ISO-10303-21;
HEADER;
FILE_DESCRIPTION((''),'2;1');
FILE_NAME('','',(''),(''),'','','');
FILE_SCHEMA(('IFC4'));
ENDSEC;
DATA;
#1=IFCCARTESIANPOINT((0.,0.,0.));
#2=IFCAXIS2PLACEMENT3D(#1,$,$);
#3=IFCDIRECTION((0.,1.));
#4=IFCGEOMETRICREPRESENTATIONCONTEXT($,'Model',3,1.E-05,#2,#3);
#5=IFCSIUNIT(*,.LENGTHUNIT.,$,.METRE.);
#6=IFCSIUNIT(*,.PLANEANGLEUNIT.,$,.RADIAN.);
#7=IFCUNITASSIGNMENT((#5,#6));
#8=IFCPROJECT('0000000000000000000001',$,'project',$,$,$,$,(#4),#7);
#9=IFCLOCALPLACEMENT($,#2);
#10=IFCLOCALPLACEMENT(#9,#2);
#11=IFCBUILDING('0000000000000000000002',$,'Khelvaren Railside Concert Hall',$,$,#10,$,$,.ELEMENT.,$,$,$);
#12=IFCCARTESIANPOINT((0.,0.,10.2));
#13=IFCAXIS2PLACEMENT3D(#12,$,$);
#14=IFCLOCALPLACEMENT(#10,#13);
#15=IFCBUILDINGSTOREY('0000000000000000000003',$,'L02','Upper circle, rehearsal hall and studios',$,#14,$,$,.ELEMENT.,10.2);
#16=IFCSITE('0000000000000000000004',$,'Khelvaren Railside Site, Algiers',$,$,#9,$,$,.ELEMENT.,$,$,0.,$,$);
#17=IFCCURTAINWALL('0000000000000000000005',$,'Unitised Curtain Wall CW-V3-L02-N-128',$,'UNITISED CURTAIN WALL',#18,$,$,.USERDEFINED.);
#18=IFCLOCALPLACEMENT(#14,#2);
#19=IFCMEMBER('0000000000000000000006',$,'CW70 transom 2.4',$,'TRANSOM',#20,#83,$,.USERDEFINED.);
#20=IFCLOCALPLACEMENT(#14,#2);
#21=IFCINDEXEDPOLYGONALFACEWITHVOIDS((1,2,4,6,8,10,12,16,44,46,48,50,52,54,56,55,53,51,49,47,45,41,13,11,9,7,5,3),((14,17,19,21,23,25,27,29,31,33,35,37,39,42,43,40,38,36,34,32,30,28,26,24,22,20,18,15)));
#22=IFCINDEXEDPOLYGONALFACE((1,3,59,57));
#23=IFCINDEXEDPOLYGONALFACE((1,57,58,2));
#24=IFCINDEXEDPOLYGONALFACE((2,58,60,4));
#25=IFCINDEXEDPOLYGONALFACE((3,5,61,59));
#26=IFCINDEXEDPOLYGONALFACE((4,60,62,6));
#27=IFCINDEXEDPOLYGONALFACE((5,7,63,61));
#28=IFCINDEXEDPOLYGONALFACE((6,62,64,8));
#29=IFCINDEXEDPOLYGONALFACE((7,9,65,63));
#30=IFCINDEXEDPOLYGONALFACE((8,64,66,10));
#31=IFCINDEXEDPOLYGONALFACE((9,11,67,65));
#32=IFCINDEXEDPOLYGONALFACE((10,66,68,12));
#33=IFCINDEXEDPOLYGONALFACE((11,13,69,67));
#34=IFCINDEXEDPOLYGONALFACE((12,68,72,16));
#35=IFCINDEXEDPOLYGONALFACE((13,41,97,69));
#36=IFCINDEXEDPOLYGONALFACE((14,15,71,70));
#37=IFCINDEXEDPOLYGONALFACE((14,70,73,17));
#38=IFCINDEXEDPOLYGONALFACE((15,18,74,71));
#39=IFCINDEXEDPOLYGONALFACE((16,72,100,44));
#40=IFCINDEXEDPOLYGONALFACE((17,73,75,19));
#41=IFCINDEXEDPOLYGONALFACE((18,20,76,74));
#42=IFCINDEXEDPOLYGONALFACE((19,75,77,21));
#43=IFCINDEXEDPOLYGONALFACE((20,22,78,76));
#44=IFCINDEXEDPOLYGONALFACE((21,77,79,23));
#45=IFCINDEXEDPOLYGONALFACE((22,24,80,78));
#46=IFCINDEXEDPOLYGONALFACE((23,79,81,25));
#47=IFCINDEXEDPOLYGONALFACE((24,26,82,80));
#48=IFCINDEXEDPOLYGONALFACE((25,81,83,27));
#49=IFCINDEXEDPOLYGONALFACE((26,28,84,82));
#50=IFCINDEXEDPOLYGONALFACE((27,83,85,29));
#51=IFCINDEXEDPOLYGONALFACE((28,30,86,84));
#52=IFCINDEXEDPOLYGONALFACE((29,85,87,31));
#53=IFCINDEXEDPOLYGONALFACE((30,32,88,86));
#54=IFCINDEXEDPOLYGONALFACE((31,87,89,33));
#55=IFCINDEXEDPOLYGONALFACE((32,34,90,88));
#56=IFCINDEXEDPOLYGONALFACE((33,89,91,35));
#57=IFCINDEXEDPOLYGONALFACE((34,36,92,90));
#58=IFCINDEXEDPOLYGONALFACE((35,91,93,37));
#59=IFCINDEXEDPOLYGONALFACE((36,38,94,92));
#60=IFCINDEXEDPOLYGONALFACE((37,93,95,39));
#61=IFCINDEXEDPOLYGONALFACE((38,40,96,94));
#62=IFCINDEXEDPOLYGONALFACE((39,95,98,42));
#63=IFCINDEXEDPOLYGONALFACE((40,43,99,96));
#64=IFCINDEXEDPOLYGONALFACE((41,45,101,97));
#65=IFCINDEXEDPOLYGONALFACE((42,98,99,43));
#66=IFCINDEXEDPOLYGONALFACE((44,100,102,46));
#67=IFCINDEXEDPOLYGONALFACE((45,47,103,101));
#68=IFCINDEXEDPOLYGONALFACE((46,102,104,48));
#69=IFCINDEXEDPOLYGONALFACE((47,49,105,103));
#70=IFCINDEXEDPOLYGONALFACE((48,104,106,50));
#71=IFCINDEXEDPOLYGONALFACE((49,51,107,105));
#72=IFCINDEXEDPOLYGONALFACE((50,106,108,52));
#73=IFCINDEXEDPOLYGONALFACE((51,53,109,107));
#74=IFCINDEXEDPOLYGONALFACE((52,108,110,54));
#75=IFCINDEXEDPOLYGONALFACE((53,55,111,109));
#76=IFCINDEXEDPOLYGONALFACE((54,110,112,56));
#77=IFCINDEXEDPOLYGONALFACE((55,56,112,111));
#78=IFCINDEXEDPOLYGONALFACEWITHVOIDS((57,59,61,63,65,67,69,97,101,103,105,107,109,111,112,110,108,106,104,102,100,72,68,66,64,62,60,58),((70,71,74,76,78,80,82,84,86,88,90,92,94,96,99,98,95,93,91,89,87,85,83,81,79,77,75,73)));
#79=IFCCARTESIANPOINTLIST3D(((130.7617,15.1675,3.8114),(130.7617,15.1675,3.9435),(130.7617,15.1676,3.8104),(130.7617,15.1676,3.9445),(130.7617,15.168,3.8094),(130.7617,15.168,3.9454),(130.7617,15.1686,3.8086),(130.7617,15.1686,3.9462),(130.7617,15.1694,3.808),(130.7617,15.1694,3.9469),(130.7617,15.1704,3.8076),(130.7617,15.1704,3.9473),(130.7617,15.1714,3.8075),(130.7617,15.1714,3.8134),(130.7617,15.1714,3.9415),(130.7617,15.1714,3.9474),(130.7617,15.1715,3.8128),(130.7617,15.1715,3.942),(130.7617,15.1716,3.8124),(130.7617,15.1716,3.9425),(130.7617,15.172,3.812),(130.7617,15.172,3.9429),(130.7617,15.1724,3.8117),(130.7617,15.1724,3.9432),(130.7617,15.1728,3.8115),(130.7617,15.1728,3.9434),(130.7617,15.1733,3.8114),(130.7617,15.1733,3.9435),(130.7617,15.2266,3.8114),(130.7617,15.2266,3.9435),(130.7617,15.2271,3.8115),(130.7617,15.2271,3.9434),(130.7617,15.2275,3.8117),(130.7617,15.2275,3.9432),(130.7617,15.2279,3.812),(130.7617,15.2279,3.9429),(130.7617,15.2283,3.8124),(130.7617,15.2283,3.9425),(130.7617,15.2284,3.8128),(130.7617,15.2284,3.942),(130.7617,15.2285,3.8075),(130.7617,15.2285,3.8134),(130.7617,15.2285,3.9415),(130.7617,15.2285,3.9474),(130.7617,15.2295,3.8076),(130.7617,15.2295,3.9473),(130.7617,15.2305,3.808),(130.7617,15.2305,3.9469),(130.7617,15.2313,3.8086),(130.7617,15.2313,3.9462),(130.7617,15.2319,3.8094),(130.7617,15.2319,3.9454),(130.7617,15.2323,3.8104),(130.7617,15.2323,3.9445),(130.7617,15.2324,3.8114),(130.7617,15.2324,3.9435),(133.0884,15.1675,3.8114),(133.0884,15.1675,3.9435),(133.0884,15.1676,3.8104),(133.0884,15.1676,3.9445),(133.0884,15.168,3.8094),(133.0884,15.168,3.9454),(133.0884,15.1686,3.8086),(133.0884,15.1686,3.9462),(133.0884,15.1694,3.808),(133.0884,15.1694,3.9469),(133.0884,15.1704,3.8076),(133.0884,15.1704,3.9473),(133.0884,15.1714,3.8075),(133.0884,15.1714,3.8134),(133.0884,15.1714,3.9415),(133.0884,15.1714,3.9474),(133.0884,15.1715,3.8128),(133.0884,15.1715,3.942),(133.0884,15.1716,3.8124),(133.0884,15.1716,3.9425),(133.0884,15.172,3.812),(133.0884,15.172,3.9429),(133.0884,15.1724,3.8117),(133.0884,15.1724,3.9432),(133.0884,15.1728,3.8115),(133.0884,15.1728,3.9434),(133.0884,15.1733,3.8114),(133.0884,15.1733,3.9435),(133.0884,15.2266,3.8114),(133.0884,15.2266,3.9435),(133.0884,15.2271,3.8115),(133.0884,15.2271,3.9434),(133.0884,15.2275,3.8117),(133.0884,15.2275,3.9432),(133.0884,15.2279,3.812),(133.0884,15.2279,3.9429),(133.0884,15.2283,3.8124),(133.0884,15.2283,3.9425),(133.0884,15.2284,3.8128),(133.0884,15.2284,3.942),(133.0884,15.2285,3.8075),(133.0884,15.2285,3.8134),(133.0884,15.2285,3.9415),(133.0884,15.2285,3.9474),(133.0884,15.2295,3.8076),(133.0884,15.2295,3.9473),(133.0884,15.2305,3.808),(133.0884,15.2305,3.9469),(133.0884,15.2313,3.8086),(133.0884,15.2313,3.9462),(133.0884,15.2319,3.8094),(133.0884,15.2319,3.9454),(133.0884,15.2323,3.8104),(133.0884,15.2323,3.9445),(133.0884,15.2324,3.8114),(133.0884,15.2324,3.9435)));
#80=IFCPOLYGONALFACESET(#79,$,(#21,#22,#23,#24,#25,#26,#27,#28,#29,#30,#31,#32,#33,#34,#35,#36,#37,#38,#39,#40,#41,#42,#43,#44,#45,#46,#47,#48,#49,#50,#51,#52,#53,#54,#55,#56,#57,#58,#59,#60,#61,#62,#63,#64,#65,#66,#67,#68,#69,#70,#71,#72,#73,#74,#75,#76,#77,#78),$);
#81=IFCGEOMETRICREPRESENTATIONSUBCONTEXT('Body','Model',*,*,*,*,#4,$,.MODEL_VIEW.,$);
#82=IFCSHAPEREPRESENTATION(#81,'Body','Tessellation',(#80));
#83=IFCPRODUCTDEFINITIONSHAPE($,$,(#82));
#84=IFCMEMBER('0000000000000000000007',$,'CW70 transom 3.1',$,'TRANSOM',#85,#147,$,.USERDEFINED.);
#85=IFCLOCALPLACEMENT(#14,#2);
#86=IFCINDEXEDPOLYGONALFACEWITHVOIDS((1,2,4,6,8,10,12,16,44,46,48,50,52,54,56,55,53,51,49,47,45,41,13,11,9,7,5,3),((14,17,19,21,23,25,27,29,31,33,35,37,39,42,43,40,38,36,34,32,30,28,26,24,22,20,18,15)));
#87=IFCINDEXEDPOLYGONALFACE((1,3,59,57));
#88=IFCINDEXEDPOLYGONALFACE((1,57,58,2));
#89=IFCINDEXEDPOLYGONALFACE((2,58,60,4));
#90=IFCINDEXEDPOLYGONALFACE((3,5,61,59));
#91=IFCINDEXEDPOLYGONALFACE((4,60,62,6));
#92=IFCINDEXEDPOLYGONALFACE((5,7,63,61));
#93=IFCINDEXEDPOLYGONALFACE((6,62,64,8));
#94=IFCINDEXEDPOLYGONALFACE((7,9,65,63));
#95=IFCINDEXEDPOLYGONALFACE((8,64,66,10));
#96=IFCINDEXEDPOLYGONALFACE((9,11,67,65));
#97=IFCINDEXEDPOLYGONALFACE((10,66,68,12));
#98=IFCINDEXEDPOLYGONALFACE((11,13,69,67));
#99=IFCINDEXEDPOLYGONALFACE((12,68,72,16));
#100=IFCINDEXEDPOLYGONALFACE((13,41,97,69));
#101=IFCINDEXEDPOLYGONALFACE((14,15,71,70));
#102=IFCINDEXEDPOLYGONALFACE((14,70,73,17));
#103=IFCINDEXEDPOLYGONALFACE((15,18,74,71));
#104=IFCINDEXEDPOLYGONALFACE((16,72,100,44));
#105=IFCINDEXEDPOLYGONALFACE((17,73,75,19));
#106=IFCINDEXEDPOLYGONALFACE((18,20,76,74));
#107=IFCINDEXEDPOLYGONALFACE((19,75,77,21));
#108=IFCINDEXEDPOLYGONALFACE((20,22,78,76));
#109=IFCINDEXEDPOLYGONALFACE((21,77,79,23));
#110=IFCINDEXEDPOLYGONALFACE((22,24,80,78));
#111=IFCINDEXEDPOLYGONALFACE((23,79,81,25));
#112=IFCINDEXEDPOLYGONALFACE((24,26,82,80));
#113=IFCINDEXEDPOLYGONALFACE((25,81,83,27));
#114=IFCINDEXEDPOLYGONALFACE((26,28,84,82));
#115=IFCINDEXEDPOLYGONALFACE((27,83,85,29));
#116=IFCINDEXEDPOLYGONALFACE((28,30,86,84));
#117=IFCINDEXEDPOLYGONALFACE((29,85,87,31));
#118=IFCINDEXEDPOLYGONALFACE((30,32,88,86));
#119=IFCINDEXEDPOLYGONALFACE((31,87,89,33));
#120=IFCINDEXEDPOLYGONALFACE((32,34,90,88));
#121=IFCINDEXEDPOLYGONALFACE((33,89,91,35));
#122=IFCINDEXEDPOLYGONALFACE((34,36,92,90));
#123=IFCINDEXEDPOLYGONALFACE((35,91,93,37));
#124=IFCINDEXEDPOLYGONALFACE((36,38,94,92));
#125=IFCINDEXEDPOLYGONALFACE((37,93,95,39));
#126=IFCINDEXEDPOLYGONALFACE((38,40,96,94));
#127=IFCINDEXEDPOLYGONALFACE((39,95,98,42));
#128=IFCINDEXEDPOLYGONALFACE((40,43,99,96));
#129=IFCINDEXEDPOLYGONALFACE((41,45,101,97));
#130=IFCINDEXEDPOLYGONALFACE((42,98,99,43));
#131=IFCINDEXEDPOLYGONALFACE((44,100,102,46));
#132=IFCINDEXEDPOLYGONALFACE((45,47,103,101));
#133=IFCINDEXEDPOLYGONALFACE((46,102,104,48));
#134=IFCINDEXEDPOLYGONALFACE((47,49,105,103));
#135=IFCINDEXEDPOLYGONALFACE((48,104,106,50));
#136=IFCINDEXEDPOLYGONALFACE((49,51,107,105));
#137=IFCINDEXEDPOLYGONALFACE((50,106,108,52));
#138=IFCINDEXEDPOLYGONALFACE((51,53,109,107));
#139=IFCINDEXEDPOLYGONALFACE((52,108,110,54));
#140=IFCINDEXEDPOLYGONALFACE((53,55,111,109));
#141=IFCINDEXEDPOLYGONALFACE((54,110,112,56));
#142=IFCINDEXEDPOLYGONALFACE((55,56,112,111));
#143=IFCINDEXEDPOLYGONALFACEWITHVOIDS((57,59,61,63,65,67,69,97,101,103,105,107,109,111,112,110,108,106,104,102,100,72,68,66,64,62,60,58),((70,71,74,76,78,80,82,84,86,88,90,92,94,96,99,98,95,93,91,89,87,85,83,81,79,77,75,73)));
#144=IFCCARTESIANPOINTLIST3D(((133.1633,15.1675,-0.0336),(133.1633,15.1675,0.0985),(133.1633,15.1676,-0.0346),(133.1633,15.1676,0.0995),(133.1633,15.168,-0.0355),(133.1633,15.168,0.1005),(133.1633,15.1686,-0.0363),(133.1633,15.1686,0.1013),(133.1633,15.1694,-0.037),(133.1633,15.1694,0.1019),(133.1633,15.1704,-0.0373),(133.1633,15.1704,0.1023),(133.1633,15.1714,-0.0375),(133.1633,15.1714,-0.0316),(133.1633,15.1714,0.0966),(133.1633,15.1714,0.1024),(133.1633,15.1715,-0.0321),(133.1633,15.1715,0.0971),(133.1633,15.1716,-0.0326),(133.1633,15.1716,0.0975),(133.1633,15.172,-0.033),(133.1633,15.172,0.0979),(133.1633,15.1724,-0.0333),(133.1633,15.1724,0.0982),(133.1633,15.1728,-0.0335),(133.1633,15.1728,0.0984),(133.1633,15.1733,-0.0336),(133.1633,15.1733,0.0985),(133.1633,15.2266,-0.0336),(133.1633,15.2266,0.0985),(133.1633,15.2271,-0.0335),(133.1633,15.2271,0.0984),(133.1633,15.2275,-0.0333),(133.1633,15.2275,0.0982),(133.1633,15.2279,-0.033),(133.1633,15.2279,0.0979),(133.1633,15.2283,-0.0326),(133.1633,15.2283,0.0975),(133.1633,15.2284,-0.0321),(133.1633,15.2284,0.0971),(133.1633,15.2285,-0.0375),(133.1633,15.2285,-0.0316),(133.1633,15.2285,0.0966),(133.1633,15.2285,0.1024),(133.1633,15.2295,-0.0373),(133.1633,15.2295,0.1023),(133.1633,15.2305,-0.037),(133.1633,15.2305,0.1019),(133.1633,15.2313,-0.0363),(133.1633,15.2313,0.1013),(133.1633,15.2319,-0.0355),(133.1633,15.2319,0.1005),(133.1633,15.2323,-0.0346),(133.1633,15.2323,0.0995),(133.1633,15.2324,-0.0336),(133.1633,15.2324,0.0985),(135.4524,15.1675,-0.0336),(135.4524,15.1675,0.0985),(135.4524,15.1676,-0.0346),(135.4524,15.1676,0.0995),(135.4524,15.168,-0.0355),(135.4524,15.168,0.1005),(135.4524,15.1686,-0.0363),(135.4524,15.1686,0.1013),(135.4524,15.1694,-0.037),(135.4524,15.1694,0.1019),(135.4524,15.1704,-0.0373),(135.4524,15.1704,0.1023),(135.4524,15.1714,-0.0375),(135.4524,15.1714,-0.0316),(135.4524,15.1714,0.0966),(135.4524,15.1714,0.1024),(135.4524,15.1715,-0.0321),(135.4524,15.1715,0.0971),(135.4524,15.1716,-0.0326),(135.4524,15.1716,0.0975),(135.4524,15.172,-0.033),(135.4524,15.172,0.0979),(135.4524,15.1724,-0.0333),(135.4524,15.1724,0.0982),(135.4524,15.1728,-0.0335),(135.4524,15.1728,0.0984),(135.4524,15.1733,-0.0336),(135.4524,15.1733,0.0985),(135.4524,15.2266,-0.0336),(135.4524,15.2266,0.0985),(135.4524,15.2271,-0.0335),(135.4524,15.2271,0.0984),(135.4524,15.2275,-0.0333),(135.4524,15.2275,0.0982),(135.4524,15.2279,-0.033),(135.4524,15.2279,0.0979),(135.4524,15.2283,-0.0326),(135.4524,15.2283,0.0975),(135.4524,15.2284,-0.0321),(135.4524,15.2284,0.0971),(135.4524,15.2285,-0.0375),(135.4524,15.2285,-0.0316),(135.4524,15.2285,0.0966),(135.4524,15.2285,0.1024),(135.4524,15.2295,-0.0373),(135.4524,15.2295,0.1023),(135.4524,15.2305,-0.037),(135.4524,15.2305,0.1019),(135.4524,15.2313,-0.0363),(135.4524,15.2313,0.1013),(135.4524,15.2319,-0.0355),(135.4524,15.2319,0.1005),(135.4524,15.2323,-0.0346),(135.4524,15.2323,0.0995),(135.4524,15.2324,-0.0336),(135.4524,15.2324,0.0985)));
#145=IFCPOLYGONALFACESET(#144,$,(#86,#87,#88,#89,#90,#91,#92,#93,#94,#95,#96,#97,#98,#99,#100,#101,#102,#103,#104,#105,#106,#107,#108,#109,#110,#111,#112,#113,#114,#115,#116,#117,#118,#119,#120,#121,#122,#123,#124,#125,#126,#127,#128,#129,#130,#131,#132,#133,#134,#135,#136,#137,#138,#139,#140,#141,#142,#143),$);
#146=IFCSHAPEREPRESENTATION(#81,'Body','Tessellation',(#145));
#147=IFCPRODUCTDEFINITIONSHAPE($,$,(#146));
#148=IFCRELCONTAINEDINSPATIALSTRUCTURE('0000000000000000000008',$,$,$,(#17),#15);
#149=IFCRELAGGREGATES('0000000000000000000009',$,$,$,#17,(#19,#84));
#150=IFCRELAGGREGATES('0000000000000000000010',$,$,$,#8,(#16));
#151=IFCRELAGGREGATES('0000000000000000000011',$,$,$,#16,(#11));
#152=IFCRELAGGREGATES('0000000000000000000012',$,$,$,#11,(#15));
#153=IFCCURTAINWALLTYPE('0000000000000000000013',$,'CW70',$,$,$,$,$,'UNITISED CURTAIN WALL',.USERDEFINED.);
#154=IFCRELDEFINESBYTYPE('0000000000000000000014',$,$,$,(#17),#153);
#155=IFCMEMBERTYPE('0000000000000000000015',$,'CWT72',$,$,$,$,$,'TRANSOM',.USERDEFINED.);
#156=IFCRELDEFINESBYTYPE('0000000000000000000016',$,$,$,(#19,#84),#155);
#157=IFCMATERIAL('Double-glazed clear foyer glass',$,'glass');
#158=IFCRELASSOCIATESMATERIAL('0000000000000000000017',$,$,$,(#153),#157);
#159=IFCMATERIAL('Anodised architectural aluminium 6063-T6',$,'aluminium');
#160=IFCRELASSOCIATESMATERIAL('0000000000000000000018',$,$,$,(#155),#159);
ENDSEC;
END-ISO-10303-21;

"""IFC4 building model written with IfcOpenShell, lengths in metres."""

from ifc_helpers import new_model, si_unit, direction, frame, origin, origin_2d, place, context, subcontext, project, spatial, hollow_rectangle, extrude, material, material_profile, profile_set, type_object, element, aggregate, save


model = new_model("IFC4")

# Units and contexts
model_context = context("Model", 3, precision=1e-05, world=origin(), true_north=direction((0.0, 1.0)))
body_context = subcontext(model_context, "Body", "Model", "MODEL_VIEW")
ifc_project = project(units=[si_unit("LENGTHUNIT", "METRE"), si_unit("PLANEANGLEUNIT", "RADIAN")], contexts=[model_context])

# Site, building, storey
site_placement = place(None, origin())
site = spatial("IfcSite", under=ifc_project, at=site_placement, Name="Khelvaren Railside Site, Algiers", CompositionType="ELEMENT", RefElevation=0.0)
building_placement = place(site_placement, origin())
building = spatial("IfcBuilding", under=site, at=building_placement, Name="Khelvaren Railside Concert Hall", CompositionType="ELEMENT")
storey_placement = place(building_placement, frame((0.0, 0.0, 10.2)))
storey = spatial("IfcBuildingStorey", under=building, at=storey_placement, Name="L02", Description="Upper circle, rehearsal hall and studios", CompositionType="ELEMENT", Elevation=10.2)

# Curtain wall, members
ifc_material_1 = material(Name="Double-glazed clear foyer glass", Category="glass")
curtain_wall_type = type_object("IfcCurtainWallType", Name="CW70", ElementType="UNITISED CURTAIN WALL", PredefinedType="USERDEFINED", material=ifc_material_1)
curtain_wall_placement = place(storey_placement, origin())
curtain_wall = element("IfcCurtainWall", 1, at=curtain_wall_placement, inside=storey, type_object=curtain_wall_type, Name="Unitised Curtain Wall CW-V3-L02-N-128", ObjectType="UNITISED CURTAIN WALL", PredefinedType="USERDEFINED")
ifc_material_2 = material(Name="Anodised architectural aluminium 6063-T6", Category="aluminium")
ifc_material_profile_1 = material_profile(ifc_material_2, hollow_rectangle(XDim=0.0649, YDim=0.1399, WallThickness=0.0039, InnerFilletRadius=0.002, OuterFilletRadius=0.0039, at=origin_2d()), Name="CWT 65x140x4")
ifc_profile_set_1 = profile_set([ifc_material_profile_1], Name="Anodised architectural aluminium 6063-T6")
member_type_1 = type_object("IfcMemberType", Name="CWT72", ElementType="TRANSOM", PredefinedType="USERDEFINED", material=ifc_profile_set_1)
member_1_placement = place(storey_placement, frame((130.7617, 15.2, 3.8774), z_axis=(1.0, 0.0, 0.0), x_axis=(0.0, 1.0, 0.0)))
member_1 = element("IfcMember", 2, at=member_1_placement, type_object=member_type_1, Name="CW70 transom 2.4", ObjectType="TRANSOM", PredefinedType="USERDEFINED", context=body_context, shape_type="SweptSolid", body=[
    extrude(hollow_rectangle(XDim=0.0649, YDim=0.1399, WallThickness=0.0039, InnerFilletRadius=0.002, OuterFilletRadius=0.0039, at=origin_2d()), origin(), (0.0, 0.0, 1.0), 2.3267),
])
member_2_placement = place(storey_placement, frame((133.1633, 15.2, 0.0325), z_axis=(1.0, 0.0, 0.0), x_axis=(0.0, 1.0, 0.0)))
member_2 = element("IfcMember", 3, at=member_2_placement, type_object=member_type_1, Name="CW70 transom 3.1", ObjectType="TRANSOM", PredefinedType="USERDEFINED", context=body_context, shape_type="SweptSolid", body=[
    extrude(hollow_rectangle(XDim=0.0649, YDim=0.1399, WallThickness=0.0039, InnerFilletRadius=0.002, OuterFilletRadius=0.0039, at=origin_2d()), origin(), (0.0, 0.0, 1.0), 2.2891),
])

aggregate(curtain_wall, [member_1, member_2])

save(model, "model.ifc")
